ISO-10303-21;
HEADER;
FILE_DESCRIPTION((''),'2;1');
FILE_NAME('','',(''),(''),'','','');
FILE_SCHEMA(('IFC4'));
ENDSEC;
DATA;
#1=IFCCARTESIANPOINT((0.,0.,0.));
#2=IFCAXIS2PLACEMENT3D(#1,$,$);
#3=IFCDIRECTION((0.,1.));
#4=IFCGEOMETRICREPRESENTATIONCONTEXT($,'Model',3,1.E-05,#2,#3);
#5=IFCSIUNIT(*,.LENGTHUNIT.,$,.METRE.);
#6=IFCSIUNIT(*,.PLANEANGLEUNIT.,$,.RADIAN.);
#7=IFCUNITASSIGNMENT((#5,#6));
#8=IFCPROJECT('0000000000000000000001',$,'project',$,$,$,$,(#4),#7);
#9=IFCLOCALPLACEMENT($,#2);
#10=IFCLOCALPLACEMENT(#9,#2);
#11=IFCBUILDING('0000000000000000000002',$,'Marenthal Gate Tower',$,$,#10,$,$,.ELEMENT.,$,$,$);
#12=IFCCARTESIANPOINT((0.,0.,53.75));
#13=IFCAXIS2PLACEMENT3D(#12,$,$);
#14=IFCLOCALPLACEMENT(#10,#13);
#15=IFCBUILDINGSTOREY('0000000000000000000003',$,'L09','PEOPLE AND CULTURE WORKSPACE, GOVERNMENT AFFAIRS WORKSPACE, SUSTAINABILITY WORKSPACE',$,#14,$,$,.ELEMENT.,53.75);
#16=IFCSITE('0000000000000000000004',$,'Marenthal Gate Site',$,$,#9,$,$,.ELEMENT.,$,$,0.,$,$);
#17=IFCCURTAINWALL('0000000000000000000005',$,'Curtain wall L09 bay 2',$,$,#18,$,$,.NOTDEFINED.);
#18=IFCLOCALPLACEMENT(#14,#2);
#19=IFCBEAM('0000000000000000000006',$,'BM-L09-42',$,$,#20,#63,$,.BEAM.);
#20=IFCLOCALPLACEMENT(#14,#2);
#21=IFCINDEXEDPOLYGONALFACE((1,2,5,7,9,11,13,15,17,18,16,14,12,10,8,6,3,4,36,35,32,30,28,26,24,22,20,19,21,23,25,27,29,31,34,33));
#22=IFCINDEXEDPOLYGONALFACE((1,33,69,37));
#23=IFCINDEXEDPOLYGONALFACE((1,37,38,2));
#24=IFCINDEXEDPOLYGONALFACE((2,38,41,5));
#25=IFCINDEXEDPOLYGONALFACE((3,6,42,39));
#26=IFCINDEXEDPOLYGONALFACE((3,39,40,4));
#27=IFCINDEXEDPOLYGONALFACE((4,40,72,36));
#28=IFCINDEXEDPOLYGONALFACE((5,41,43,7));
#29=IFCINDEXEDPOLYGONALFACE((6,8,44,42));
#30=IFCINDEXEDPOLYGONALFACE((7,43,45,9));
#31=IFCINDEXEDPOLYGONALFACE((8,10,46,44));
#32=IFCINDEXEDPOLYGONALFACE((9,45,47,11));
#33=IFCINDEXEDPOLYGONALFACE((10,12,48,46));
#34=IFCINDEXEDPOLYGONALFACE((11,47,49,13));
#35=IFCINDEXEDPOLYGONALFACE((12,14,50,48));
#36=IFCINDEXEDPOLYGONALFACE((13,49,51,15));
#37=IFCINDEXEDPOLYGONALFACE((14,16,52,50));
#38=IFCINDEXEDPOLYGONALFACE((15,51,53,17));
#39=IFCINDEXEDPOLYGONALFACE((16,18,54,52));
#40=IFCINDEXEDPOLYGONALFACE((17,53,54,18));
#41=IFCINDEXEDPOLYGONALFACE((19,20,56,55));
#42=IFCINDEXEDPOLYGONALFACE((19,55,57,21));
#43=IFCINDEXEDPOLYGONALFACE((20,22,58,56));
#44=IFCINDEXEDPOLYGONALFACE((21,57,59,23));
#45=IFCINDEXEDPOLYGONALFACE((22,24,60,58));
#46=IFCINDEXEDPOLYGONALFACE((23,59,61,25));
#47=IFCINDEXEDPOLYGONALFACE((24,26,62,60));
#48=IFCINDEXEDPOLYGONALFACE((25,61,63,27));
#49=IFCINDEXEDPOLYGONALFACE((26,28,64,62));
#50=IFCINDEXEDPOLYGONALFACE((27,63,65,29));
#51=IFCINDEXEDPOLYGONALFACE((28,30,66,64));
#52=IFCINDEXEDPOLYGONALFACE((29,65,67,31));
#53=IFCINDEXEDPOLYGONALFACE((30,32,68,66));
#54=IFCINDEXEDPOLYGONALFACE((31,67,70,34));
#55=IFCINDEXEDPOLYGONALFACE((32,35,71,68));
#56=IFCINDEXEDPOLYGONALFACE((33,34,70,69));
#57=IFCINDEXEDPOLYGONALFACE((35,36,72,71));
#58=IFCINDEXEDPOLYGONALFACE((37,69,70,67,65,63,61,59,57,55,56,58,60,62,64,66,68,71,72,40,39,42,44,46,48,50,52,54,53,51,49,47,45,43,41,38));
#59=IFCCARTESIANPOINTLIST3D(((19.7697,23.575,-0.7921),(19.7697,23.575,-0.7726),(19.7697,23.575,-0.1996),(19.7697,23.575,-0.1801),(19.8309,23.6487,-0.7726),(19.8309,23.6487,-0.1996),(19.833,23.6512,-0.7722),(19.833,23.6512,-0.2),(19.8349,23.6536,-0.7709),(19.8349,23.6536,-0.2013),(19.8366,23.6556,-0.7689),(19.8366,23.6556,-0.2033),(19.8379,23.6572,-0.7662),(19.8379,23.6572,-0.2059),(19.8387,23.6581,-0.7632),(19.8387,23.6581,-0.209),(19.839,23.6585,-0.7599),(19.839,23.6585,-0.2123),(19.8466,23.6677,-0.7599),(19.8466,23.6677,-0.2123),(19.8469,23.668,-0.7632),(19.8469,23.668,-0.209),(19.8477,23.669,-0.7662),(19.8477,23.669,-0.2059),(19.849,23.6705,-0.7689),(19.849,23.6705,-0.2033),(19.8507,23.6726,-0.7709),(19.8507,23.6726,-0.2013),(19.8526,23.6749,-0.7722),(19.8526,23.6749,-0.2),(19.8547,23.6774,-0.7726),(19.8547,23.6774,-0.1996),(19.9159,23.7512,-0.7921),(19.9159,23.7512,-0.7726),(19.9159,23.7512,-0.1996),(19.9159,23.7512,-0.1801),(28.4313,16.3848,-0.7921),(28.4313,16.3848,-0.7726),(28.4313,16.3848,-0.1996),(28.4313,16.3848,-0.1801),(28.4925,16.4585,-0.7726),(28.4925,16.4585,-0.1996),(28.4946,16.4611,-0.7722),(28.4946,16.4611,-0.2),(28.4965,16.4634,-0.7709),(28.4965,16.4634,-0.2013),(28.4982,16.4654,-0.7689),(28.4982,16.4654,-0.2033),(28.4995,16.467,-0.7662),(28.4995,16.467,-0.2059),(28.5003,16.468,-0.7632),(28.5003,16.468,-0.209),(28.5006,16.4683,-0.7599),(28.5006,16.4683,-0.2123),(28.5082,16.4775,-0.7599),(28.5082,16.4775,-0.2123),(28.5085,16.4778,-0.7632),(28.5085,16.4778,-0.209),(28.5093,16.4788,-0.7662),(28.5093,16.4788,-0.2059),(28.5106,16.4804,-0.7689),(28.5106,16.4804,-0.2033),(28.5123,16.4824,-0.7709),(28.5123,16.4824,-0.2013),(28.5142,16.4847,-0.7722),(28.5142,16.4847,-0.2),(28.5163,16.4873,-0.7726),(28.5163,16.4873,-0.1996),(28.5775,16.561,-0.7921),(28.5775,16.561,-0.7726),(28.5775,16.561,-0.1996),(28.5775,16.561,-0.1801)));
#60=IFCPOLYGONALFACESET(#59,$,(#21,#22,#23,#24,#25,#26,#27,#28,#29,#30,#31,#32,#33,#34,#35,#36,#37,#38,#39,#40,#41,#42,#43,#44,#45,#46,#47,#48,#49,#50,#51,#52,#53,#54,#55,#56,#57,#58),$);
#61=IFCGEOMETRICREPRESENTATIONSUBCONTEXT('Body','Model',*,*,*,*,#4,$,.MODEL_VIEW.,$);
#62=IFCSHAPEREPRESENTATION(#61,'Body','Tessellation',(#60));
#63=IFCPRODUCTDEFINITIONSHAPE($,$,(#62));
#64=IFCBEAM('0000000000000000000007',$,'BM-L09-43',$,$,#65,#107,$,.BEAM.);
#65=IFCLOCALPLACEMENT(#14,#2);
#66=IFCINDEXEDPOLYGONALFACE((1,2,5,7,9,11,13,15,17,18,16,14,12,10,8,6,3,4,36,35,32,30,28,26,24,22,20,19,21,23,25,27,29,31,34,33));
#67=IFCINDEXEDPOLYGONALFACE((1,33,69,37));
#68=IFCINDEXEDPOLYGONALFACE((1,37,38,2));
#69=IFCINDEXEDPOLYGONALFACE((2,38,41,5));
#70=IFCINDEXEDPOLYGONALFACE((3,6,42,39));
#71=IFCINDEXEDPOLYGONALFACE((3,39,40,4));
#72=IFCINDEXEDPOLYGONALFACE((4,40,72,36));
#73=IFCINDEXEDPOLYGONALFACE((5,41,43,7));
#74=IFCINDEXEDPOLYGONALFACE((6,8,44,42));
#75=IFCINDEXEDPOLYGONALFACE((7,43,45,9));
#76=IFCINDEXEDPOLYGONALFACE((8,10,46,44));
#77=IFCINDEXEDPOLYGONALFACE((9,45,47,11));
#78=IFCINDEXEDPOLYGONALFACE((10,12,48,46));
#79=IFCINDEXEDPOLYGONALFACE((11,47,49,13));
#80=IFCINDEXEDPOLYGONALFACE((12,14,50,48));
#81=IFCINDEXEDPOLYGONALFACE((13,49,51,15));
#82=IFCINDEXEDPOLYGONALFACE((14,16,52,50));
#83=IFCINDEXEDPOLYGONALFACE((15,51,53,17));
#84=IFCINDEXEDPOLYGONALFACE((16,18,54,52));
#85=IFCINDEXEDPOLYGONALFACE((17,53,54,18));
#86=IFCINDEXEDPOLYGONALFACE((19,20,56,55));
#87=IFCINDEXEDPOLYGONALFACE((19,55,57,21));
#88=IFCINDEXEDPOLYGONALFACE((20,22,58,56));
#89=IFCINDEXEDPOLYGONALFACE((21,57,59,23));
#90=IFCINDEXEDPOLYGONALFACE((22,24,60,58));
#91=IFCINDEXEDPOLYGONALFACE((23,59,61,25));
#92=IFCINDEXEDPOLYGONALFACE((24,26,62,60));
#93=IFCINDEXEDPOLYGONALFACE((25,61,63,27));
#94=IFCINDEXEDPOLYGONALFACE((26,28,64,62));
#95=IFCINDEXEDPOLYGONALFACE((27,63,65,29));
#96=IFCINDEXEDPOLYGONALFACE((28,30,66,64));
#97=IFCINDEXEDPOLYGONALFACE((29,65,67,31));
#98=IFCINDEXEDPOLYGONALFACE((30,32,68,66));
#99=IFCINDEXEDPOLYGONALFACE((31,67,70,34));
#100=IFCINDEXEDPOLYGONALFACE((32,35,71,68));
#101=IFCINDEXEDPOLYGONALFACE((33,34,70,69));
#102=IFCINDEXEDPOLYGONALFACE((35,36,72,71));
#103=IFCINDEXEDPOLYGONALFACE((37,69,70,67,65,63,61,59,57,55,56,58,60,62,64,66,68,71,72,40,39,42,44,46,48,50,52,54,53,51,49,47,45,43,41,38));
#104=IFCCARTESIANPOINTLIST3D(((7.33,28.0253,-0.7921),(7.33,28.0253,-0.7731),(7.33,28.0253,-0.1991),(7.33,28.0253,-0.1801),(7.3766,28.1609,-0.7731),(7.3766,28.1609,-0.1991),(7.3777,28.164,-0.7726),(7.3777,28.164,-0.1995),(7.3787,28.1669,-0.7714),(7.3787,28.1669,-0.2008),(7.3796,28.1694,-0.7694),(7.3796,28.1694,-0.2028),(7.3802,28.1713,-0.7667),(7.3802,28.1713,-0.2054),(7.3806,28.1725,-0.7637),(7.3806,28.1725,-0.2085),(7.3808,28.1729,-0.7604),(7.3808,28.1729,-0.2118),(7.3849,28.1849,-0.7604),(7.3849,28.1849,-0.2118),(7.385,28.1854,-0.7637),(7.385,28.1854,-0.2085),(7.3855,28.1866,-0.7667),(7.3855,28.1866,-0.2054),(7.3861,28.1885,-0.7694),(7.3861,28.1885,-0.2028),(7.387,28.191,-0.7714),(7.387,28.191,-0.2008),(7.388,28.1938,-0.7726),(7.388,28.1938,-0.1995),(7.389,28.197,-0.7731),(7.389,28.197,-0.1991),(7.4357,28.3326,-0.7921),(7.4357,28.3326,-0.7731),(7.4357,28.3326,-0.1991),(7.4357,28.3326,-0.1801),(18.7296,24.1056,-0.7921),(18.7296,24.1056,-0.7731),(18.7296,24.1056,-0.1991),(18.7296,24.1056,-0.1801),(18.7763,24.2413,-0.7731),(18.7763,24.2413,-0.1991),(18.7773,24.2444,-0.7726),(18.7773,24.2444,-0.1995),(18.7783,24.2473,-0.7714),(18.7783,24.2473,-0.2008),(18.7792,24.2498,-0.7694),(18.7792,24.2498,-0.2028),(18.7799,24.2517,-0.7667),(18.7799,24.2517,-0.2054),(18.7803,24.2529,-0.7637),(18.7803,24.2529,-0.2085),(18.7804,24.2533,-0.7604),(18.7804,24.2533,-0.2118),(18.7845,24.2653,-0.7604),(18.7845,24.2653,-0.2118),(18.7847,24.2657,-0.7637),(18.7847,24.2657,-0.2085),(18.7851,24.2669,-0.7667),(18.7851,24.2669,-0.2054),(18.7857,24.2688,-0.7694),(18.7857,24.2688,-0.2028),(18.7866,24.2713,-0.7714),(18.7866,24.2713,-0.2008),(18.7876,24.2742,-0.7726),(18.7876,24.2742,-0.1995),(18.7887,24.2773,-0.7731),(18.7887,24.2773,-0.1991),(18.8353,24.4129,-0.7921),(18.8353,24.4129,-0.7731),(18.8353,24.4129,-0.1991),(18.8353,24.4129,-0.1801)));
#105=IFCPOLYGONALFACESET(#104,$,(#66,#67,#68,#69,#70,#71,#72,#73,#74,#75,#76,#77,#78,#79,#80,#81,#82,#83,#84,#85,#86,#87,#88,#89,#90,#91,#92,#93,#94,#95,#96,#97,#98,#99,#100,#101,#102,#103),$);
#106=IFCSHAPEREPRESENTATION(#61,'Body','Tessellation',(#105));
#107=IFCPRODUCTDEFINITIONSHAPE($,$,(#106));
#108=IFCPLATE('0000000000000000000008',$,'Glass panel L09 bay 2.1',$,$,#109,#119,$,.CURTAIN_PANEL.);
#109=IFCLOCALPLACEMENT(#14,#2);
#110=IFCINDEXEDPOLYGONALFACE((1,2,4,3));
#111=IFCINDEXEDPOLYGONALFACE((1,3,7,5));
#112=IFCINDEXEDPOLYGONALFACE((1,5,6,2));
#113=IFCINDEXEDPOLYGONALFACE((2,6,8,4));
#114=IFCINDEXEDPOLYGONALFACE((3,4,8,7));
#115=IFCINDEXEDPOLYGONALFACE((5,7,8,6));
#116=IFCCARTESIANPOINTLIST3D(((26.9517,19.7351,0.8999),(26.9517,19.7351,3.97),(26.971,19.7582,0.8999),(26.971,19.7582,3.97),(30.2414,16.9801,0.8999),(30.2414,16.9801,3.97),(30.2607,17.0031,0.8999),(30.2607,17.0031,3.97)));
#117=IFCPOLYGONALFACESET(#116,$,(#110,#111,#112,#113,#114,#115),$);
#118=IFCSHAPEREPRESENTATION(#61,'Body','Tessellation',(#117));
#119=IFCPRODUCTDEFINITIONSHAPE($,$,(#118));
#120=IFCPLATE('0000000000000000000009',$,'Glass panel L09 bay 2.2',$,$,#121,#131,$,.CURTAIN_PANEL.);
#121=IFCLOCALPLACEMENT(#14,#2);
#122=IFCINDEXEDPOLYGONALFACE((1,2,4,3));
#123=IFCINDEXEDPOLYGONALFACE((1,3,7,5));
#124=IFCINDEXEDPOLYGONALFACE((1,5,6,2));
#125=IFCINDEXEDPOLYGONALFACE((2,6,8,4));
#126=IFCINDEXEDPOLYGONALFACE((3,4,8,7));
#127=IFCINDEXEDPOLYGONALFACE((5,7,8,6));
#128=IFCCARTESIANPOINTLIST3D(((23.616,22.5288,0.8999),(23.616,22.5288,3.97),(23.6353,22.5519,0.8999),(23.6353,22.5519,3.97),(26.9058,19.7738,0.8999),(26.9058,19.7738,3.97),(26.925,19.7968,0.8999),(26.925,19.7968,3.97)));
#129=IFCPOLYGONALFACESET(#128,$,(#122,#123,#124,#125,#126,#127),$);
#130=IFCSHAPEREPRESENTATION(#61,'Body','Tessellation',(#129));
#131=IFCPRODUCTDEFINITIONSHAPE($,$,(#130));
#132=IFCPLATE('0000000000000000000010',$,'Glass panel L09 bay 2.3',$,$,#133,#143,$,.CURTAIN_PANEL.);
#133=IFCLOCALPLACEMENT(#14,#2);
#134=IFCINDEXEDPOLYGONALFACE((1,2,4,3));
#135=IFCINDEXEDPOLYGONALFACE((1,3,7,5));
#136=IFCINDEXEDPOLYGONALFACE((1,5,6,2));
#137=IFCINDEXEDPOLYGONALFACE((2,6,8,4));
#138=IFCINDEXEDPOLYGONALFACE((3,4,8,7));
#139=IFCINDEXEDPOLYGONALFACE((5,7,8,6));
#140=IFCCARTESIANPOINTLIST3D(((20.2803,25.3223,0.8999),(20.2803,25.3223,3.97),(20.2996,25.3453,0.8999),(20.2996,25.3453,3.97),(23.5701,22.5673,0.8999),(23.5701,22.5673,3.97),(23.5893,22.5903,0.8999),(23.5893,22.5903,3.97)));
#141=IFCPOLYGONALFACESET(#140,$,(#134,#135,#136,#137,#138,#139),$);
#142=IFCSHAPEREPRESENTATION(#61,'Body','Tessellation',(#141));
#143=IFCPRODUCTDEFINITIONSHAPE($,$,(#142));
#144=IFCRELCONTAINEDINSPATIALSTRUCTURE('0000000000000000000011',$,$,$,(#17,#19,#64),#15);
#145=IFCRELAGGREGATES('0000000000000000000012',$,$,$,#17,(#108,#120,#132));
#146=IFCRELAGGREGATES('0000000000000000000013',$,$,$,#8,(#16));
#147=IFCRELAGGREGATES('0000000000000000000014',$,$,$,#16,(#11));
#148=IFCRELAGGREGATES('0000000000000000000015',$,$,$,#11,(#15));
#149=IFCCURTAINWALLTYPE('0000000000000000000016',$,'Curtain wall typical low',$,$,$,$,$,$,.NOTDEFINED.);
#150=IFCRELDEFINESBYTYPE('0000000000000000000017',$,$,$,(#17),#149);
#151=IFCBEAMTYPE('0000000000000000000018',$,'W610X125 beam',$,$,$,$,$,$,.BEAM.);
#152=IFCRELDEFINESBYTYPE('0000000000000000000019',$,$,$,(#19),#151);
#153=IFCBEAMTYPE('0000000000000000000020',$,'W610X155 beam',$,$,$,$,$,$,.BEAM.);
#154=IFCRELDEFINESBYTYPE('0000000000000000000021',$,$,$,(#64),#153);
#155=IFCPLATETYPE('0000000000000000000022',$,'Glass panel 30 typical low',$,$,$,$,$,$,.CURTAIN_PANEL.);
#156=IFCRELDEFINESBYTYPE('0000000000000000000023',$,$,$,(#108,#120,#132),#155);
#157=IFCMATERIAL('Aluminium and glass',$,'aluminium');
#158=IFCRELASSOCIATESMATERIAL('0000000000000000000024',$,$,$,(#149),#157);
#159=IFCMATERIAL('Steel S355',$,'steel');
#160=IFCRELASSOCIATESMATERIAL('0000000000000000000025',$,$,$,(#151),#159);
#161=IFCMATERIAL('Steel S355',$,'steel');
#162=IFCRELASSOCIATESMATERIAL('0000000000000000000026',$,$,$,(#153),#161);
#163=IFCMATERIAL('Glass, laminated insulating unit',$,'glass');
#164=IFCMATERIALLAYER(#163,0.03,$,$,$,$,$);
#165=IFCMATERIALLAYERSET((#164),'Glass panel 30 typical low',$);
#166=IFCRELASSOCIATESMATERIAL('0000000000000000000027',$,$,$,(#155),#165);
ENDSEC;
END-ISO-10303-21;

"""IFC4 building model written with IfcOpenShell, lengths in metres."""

from ifc_helpers import new_model, si_unit, direction, frame, origin, origin_2d, place, context, subcontext, project, spatial, rectangle, i_section, extrude, material, layer, layer_set, material_profile, profile_set, type_object, element, aggregate, save


model = new_model("IFC4")

# Units and contexts
model_context = context("Model", 3, precision=1e-05, world=origin(), true_north=direction((0.0, 1.0)))
body_context = subcontext(model_context, "Body", "Model", "MODEL_VIEW")
ifc_project = project(units=[si_unit("LENGTHUNIT", "METRE"), si_unit("PLANEANGLEUNIT", "RADIAN")], contexts=[model_context])

# Site, building, storey
site_placement = place(None, origin())
site = spatial("IfcSite", under=ifc_project, at=site_placement, Name="Marenthal Gate Site", CompositionType="ELEMENT", RefElevation=0.0)
building_placement = place(site_placement, origin())
building = spatial("IfcBuilding", under=site, at=building_placement, Name="Marenthal Gate Tower", CompositionType="ELEMENT")
storey_placement = place(building_placement, frame((0.0, 0.0, 53.75)))
storey = spatial("IfcBuildingStorey", under=building, at=storey_placement, Name="L09", Description="PEOPLE AND CULTURE WORKSPACE, GOVERNMENT AFFAIRS WORKSPACE, SUSTAINABILITY WORKSPACE", CompositionType="ELEMENT", Elevation=53.75)

# Curtain wall
ifc_material_1 = material(Name="Aluminium and glass", Category="aluminium")
curtain_wall_type = type_object("IfcCurtainWallType", Name="Curtain wall typical low", PredefinedType="NOTDEFINED", material=ifc_material_1)
curtain_wall_placement = place(storey_placement, origin())
curtain_wall = element("IfcCurtainWall", 1, at=curtain_wall_placement, inside=storey, type_object=curtain_wall_type, Name="Curtain wall L09 bay 2", PredefinedType="NOTDEFINED")

# Beams
ifc_material_2 = material(Name="Steel S355", Category="steel")
ifc_material_profile_1 = material_profile(ifc_material_2, i_section(OverallWidth=0.229, OverallDepth=0.6121, WebThickness=0.012, FlangeThickness=0.0195, FilletRadius=0.0127, at=origin_2d()), Name="W610X125")
ifc_profile_set_1 = profile_set([ifc_material_profile_1], Name="Steel S355")
beam_type_1 = type_object("IfcBeamType", Name="W610X125 beam", PredefinedType="BEAM", material=ifc_profile_set_1)
beam_1_placement = place(storey_placement, frame((28.5044, 16.4729, -0.4861), z_axis=(-0.769436, 0.638724, 0.0), x_axis=(-0.638724, -0.769436, 0.0)))
element("IfcBeam", 2, at=beam_1_placement, inside=storey, type_object=beam_type_1, Name="BM-L09-42", PredefinedType="BEAM", context=body_context, shape_type="SweptSolid", body=[
    extrude(i_section(OverallWidth=0.229, OverallDepth=0.6121, WebThickness=0.012, FlangeThickness=0.0195, FilletRadius=0.0127, at=origin_2d()), origin(), (0.0, 0.0, 1.0), 11.2571),
])
ifc_material_3 = material(Name="Steel S355", Category="steel")
ifc_material_profile_2 = material_profile(ifc_material_3, i_section(OverallWidth=0.325, OverallDepth=0.6121, WebThickness=0.0127, FlangeThickness=0.019, FilletRadius=0.0127, at=origin_2d()), Name="W610X155")
ifc_profile_set_2 = profile_set([ifc_material_profile_2], Name="Steel S355")
beam_type_2 = type_object("IfcBeamType", Name="W610X155 beam", PredefinedType="BEAM", material=ifc_profile_set_2)
beam_2_placement = place(storey_placement, frame((18.7825, 24.2593, -0.4861), z_axis=(-0.94566, 0.325157, 0.0), x_axis=(-0.325157, -0.94566, 0.0)))
element("IfcBeam", 3, at=beam_2_placement, inside=storey, type_object=beam_type_2, Name="BM-L09-43", PredefinedType="BEAM", context=body_context, shape_type="SweptSolid", body=[
    extrude(i_section(OverallWidth=0.325, OverallDepth=0.6121, WebThickness=0.0127, FlangeThickness=0.019, FilletRadius=0.0127, at=origin_2d()), origin(), (0.0, 0.0, 1.0), 12.0547),
])

# Plates
ifc_material_4 = material(Name="Glass, laminated insulating unit", Category="glass")
ifc_layer_1 = layer(ifc_material_4, 0.03)
ifc_layer_set_1 = layer_set([ifc_layer_1], Name="Glass panel 30 typical low")
plate_type = type_object("IfcPlateType", Name="Glass panel 30 typical low", PredefinedType="CURTAIN_PANEL", material=ifc_layer_set_1)
plate_1_placement = place(storey_placement, frame((28.6062, 18.3691, 0.8999), z_axis=(0.0, 0.0, 1.0), x_axis=(-0.766665, 0.642047, 0.0)))
plate_1 = element("IfcPlate", 4, at=plate_1_placement, type_object=plate_type, Name="Glass panel L09 bay 2.1", PredefinedType="CURTAIN_PANEL", context=body_context, shape_type="SweptSolid", body=[
    extrude(rectangle(XDim=4.291, YDim=0.03, at=origin_2d()), origin(), (0.0, 0.0, 1.0), 3.0701),
])
plate_2_placement = place(storey_placement, frame((25.2705, 21.1628, 0.8999), z_axis=(0.0, 0.0, 1.0), x_axis=(-0.766665, 0.642047, 0.0)))
plate_2 = element("IfcPlate", 5, at=plate_2_placement, type_object=plate_type, Name="Glass panel L09 bay 2.2", PredefinedType="CURTAIN_PANEL", context=body_context, shape_type="SweptSolid", body=[
    extrude(rectangle(XDim=4.291, YDim=0.03, at=origin_2d()), origin(), (0.0, 0.0, 1.0), 3.0701),
])
plate_3_placement = place(storey_placement, frame((21.9348, 23.9563, 0.8999), z_axis=(0.0, 0.0, 1.0), x_axis=(-0.766665, 0.642047, 0.0)))
plate_3 = element("IfcPlate", 6, at=plate_3_placement, type_object=plate_type, Name="Glass panel L09 bay 2.3", PredefinedType="CURTAIN_PANEL", context=body_context, shape_type="SweptSolid", body=[
    extrude(rectangle(XDim=4.291, YDim=0.03, at=origin_2d()), origin(), (0.0, 0.0, 1.0), 3.0701),
])
aggregate(curtain_wall, [plate_1, plate_2, plate_3])

save(model, "model.ifc")
